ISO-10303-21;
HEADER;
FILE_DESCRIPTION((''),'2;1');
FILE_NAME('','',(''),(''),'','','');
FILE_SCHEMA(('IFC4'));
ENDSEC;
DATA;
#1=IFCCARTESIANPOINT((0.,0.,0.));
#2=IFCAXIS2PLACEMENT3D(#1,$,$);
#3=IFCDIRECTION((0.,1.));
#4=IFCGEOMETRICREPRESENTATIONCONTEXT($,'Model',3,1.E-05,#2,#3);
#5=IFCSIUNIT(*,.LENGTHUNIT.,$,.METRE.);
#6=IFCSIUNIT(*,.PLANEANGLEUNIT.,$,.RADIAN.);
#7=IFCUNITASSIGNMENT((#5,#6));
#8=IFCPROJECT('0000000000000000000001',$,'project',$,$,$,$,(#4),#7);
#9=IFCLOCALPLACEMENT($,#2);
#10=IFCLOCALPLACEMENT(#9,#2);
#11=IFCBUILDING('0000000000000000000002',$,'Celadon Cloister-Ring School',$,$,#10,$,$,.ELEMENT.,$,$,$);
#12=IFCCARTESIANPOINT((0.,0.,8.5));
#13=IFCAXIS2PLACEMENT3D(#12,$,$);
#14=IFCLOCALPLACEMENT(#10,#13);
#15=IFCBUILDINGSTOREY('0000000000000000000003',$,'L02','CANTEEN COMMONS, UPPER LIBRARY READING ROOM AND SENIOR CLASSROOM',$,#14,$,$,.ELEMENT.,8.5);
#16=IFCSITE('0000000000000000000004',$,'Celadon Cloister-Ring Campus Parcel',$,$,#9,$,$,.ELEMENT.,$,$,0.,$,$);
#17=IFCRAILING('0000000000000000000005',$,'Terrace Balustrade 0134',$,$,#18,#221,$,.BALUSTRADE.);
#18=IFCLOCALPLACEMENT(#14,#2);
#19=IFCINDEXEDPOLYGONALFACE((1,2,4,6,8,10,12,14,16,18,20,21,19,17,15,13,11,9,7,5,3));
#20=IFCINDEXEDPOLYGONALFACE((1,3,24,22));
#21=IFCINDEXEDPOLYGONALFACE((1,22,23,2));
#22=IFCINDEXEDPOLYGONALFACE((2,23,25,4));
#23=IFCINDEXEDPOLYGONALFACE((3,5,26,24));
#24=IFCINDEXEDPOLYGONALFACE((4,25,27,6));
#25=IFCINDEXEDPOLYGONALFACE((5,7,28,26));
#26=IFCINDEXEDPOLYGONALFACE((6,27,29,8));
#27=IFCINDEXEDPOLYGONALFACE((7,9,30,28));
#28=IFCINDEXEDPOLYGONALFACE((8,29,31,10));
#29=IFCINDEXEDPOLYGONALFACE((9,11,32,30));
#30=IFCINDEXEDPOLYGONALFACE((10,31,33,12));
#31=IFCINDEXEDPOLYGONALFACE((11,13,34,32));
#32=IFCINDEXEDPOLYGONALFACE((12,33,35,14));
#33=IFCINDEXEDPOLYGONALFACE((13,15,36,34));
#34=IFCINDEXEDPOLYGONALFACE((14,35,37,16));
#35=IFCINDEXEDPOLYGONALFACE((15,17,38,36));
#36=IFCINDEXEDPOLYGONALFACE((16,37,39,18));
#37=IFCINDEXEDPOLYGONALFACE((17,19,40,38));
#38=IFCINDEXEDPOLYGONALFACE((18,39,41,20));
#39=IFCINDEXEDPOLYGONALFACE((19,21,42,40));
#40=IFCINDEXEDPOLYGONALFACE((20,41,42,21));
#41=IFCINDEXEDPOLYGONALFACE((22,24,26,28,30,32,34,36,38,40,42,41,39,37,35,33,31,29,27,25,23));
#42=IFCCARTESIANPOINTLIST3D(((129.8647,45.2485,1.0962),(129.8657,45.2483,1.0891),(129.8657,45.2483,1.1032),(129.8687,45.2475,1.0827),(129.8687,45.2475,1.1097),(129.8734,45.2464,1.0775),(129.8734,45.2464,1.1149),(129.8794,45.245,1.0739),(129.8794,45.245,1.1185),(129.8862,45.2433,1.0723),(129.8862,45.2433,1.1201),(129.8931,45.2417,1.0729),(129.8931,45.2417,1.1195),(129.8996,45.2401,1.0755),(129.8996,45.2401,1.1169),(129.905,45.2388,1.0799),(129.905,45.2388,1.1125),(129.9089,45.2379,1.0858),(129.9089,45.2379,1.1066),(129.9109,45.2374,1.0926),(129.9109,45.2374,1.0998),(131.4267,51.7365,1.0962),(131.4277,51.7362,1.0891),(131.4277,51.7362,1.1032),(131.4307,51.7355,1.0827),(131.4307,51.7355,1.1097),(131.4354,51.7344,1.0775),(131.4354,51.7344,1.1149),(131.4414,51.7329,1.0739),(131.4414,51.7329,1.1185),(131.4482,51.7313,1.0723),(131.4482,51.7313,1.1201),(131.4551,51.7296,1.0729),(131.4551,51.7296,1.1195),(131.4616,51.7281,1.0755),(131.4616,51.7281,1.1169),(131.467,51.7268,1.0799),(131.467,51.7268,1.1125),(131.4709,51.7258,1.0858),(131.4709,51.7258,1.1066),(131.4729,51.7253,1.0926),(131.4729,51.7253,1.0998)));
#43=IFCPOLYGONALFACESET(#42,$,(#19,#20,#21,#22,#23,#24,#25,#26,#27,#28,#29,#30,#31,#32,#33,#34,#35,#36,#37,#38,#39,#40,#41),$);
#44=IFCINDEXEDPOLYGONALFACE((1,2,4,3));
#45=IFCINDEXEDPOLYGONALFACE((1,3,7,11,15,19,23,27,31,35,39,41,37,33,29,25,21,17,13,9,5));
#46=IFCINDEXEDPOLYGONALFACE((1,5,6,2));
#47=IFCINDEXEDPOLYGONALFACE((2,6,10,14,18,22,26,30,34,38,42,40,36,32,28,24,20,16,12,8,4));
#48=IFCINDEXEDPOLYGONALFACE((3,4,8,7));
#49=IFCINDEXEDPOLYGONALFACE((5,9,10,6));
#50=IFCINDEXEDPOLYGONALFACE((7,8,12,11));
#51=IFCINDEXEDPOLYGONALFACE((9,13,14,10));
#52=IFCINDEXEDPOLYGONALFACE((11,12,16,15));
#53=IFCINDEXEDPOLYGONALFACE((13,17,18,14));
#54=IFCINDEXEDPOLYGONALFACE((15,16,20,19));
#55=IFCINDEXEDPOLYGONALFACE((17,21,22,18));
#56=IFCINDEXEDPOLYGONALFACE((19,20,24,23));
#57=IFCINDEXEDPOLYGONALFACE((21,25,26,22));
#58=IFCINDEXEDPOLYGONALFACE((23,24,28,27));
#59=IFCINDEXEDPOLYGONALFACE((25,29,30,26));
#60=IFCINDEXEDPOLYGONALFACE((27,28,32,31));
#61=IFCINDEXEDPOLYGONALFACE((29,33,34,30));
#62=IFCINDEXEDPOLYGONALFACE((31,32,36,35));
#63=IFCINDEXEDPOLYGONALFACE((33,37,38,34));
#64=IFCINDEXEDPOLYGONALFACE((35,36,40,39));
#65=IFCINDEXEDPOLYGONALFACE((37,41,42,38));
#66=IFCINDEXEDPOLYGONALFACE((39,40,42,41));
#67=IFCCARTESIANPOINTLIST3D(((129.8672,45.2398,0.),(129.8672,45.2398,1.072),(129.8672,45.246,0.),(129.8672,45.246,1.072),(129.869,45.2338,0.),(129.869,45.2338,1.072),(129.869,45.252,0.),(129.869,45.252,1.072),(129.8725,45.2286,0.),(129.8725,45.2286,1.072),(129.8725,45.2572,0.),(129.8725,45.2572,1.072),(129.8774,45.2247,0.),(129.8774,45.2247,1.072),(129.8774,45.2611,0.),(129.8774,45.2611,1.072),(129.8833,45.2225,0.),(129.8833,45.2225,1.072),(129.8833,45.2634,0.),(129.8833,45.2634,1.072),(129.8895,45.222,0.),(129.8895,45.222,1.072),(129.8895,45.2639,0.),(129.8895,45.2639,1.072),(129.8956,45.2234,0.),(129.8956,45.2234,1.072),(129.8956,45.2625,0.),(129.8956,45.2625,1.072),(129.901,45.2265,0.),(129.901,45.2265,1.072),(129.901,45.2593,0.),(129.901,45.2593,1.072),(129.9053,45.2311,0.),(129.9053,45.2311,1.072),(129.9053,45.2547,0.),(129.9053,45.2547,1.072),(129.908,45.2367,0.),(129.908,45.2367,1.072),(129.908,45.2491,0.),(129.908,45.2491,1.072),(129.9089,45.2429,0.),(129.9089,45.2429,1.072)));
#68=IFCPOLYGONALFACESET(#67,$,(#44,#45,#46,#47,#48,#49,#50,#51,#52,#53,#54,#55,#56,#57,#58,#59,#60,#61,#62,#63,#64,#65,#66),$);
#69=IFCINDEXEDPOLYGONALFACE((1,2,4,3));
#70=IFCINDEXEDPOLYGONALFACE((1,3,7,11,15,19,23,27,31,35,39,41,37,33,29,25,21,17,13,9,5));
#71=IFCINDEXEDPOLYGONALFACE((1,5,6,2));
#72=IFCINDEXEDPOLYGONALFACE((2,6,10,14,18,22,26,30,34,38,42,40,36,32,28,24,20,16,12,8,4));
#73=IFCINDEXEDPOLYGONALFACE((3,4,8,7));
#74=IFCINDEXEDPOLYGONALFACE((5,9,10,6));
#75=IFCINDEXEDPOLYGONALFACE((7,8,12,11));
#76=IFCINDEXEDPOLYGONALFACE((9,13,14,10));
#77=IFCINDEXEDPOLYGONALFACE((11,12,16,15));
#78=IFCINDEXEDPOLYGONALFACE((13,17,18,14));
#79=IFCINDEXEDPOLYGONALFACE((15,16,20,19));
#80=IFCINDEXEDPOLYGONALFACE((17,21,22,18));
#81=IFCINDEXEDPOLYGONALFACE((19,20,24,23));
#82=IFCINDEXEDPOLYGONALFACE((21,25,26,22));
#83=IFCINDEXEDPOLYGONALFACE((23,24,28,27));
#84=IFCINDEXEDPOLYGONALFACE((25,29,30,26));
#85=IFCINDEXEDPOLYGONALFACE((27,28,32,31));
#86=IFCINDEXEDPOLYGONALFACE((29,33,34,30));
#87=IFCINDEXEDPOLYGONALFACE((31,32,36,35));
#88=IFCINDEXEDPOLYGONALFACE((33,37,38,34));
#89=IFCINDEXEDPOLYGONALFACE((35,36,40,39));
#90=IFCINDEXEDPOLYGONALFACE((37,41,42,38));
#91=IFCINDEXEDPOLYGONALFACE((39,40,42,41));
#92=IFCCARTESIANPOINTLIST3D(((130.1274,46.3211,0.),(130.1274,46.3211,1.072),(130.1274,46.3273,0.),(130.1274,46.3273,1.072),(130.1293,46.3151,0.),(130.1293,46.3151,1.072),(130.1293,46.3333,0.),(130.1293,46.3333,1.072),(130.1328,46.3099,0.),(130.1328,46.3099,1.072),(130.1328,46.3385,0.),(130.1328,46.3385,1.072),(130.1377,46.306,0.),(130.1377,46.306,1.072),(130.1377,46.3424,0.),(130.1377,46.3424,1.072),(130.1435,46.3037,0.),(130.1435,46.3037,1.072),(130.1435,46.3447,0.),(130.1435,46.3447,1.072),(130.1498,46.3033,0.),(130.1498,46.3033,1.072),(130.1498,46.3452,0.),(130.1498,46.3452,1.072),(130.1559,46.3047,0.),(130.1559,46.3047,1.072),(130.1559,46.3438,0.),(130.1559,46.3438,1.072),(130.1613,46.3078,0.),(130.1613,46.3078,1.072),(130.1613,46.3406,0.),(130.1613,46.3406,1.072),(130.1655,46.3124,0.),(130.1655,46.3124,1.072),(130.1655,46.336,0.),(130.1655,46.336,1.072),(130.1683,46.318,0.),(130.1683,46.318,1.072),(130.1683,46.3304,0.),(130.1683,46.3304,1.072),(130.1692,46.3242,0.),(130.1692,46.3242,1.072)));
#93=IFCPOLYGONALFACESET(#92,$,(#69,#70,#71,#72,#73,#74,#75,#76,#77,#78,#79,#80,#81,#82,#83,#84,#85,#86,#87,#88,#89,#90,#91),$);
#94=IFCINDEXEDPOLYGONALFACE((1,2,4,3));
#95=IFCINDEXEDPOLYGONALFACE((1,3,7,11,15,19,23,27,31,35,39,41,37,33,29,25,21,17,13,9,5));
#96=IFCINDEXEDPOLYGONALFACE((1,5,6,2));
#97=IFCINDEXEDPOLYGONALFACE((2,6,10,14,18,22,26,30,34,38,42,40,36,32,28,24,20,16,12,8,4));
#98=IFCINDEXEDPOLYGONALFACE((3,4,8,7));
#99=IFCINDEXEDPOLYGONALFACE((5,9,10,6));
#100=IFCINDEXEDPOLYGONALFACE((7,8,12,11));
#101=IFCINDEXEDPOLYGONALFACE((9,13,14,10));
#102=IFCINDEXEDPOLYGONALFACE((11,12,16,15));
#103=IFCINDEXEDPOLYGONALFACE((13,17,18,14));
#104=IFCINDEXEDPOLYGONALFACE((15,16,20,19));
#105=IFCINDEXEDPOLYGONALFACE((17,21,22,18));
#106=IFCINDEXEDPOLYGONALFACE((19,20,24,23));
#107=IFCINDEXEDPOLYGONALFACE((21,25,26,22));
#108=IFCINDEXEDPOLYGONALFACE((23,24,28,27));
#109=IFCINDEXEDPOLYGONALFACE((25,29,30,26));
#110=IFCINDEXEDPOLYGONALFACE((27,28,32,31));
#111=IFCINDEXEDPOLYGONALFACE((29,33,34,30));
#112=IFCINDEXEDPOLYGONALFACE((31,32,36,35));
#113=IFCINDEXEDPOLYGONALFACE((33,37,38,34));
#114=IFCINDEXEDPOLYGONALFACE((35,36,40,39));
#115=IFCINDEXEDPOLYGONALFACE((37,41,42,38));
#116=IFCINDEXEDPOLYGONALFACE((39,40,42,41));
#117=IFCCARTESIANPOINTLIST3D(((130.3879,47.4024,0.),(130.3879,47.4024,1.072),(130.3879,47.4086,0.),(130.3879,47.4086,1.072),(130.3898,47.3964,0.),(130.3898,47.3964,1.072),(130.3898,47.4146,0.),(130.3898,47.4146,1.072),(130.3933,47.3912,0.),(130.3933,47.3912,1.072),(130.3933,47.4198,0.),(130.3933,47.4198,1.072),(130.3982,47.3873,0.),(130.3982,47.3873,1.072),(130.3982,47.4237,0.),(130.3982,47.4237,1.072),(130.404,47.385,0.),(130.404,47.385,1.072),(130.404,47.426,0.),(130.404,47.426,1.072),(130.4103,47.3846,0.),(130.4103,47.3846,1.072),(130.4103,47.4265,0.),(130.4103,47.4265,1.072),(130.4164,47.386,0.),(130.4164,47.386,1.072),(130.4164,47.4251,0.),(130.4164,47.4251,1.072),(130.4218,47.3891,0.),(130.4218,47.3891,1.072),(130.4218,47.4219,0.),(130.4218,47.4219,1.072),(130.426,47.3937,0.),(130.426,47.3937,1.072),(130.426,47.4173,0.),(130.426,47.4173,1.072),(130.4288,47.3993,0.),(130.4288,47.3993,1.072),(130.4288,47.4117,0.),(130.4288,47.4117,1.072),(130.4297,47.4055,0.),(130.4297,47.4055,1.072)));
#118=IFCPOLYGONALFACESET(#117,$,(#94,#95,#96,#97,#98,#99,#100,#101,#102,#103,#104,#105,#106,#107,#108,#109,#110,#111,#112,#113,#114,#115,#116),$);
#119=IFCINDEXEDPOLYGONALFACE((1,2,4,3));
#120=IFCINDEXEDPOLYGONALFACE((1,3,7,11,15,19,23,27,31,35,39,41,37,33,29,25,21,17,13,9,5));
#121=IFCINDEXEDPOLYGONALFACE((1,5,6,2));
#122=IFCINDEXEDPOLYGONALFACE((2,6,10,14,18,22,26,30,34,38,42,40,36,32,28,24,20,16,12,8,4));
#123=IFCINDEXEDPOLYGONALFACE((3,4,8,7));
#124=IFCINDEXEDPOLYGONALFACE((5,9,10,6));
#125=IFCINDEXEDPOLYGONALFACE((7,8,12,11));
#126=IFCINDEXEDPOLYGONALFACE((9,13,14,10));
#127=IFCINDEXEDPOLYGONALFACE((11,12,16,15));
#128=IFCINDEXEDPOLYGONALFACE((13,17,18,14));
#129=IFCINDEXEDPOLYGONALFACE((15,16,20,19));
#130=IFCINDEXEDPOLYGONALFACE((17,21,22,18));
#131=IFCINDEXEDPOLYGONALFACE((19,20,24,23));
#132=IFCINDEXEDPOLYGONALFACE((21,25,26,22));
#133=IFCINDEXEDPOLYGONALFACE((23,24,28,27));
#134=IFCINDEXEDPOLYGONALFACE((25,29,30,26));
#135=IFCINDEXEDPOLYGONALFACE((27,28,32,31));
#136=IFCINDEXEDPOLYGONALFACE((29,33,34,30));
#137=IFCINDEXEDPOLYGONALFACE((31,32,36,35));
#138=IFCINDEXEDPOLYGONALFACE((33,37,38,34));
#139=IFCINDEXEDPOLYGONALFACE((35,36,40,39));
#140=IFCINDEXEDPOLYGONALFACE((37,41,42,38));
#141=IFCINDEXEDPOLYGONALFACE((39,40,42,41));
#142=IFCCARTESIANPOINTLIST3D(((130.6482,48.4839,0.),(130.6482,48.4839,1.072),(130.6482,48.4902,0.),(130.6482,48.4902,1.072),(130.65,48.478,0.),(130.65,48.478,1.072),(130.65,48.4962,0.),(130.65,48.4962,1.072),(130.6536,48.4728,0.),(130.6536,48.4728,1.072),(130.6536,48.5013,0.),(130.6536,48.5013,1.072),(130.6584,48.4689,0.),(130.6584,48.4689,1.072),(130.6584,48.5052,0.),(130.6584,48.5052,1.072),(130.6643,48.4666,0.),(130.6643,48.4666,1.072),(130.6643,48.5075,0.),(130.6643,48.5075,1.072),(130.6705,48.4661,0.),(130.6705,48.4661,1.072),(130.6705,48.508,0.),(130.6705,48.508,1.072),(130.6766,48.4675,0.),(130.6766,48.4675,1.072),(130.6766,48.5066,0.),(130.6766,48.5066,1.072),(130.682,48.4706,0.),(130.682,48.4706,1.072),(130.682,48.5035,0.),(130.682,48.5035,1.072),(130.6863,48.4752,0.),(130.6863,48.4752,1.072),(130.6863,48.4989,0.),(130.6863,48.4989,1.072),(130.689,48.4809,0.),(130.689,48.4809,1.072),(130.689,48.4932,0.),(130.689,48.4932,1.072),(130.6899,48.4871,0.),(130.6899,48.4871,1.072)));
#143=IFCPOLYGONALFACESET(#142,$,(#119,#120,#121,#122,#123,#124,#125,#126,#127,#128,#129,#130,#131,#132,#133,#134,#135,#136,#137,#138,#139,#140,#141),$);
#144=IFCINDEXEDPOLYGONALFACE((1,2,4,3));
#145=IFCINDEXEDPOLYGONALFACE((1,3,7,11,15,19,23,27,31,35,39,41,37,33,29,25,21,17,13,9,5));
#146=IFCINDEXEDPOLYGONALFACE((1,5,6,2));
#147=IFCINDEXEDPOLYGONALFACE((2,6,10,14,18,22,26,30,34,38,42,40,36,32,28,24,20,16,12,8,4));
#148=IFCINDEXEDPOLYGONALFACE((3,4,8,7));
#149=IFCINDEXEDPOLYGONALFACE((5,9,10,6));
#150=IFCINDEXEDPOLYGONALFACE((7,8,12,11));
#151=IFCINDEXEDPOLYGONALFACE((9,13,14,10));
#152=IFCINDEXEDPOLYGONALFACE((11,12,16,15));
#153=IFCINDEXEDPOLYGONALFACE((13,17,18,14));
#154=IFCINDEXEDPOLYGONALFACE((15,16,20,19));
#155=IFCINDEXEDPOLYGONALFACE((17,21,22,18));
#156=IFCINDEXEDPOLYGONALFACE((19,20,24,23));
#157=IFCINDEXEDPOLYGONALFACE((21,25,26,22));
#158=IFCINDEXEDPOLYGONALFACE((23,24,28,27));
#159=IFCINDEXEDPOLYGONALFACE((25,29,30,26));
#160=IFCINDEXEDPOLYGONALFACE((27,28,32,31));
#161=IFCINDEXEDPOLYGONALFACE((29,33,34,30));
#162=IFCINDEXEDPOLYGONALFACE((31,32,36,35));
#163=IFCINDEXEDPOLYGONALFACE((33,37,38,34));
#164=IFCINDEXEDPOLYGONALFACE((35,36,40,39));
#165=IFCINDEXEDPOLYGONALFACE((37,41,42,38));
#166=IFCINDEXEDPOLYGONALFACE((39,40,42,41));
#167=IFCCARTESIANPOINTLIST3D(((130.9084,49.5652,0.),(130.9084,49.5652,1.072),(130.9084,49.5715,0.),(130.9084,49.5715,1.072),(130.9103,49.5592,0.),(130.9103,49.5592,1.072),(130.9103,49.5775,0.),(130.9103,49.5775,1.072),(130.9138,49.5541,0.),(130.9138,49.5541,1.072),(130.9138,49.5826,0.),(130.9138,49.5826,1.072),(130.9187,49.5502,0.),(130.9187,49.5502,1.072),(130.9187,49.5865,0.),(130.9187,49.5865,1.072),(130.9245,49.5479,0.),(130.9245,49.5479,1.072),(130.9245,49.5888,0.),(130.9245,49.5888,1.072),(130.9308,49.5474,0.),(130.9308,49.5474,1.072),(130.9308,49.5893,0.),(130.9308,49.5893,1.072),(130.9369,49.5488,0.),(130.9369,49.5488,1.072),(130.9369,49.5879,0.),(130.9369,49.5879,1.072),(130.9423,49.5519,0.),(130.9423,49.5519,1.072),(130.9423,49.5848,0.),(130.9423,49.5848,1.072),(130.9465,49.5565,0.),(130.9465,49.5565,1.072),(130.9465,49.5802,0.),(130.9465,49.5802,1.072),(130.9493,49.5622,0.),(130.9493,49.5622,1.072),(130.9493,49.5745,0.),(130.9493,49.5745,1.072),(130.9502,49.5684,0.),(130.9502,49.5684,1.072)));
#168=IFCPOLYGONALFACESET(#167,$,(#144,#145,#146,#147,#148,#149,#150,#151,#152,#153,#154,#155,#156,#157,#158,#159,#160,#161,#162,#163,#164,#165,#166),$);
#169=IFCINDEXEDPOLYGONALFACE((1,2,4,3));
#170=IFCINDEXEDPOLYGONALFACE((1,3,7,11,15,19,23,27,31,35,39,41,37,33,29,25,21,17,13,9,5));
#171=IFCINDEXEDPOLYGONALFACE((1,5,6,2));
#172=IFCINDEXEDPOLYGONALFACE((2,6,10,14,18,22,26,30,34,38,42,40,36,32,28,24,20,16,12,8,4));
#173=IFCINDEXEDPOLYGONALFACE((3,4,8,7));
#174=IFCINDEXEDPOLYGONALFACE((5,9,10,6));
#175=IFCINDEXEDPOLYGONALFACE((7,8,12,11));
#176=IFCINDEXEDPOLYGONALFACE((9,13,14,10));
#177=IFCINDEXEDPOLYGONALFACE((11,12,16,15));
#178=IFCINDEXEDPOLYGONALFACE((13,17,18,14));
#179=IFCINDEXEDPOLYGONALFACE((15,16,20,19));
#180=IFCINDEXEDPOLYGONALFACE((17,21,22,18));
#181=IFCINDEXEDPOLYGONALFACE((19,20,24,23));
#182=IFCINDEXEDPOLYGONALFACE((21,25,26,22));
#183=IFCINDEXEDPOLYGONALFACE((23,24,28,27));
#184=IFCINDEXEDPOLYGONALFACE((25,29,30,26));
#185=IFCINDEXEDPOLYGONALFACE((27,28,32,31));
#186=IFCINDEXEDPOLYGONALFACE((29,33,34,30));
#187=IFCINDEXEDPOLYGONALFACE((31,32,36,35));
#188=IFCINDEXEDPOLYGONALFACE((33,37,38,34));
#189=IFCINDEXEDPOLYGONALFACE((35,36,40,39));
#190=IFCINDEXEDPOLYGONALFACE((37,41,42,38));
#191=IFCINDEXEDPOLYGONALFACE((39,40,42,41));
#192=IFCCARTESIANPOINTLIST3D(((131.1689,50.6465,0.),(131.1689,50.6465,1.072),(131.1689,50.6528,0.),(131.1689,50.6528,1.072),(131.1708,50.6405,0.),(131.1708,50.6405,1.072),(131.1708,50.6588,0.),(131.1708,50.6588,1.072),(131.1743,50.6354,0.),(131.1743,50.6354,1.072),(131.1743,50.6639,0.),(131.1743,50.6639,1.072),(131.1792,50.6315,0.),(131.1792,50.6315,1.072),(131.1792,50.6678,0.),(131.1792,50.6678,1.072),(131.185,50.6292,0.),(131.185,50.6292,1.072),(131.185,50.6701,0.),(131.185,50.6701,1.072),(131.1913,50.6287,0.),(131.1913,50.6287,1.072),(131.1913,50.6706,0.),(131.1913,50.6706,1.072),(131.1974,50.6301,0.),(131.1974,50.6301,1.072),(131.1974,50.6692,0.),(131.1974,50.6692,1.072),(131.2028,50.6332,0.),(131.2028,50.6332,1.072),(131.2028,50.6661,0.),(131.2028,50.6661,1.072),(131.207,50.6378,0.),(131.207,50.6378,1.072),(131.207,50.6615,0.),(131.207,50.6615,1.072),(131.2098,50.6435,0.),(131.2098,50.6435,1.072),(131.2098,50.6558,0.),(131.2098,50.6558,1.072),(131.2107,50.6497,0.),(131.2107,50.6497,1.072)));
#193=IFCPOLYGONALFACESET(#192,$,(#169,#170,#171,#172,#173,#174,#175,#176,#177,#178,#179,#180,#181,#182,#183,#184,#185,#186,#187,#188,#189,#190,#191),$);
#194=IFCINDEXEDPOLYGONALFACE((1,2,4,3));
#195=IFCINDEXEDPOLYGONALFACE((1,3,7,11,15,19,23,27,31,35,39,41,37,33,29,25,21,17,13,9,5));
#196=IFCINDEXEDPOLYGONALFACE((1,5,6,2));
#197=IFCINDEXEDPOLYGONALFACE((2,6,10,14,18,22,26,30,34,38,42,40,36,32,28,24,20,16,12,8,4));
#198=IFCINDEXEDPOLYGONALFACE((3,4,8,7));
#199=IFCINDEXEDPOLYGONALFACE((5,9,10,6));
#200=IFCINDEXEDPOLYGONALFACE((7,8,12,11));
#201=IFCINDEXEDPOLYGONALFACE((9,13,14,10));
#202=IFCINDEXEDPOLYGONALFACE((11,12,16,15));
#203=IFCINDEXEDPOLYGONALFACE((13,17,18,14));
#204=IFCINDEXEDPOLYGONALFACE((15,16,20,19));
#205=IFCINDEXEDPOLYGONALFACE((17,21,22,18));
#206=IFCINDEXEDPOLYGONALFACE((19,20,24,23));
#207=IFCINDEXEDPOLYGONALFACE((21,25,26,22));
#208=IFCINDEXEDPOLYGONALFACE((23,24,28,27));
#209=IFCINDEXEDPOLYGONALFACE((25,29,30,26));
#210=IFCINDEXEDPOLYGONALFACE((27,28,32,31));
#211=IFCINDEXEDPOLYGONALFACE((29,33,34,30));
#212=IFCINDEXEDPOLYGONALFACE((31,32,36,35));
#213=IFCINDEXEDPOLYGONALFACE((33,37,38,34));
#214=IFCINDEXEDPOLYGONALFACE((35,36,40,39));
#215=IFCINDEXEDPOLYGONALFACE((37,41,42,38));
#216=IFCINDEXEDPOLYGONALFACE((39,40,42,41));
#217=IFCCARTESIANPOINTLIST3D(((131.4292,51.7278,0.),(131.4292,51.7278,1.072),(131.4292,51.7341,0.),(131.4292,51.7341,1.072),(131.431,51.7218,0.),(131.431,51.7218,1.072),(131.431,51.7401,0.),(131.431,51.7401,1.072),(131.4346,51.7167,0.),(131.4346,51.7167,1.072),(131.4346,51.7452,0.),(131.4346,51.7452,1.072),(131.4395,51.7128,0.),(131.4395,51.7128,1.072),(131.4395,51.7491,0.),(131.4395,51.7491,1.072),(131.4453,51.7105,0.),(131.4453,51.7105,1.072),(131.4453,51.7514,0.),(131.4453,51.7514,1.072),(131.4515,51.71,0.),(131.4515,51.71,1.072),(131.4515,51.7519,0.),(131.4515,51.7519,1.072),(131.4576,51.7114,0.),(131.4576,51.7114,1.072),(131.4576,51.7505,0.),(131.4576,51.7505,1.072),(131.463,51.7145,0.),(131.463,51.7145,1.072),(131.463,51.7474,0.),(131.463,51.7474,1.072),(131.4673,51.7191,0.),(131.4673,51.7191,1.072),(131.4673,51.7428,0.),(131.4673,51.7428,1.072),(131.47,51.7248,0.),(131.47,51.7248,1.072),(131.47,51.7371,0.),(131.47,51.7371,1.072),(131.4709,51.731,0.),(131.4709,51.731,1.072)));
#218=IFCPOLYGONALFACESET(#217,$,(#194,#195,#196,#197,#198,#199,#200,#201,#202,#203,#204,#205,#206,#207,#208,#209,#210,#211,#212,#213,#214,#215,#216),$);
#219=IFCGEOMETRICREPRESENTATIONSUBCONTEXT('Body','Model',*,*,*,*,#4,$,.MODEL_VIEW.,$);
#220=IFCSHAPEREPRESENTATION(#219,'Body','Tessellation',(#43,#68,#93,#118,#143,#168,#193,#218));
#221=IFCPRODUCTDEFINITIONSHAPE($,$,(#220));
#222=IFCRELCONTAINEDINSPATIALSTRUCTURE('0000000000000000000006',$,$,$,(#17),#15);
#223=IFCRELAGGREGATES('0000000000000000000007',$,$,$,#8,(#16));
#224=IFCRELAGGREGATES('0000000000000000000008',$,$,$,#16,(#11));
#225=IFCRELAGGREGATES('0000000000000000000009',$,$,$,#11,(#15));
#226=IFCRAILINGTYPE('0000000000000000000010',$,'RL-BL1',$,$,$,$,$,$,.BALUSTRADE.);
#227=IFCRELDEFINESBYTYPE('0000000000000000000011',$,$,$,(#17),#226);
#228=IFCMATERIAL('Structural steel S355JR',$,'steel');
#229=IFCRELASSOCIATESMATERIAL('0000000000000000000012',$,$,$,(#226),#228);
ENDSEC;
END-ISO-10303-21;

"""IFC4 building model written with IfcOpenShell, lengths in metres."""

from ifc_helpers import new_model, si_unit, direction, frame, origin, origin_2d, place, context, subcontext, project, spatial, circle, extrude, material, type_object, element, save


model = new_model("IFC4")

# Units and contexts
model_context = context("Model", 3, precision=1e-05, world=origin(), true_north=direction((0.0, 1.0)))
body_context = subcontext(model_context, "Body", "Model", "MODEL_VIEW")
ifc_project = project(units=[si_unit("LENGTHUNIT", "METRE"), si_unit("PLANEANGLEUNIT", "RADIAN")], contexts=[model_context])

# Site, building, storey
site_placement = place(None, origin())
site = spatial("IfcSite", under=ifc_project, at=site_placement, Name="Celadon Cloister-Ring Campus Parcel", CompositionType="ELEMENT", RefElevation=0.0)
building_placement = place(site_placement, origin())
building = spatial("IfcBuilding", under=site, at=building_placement, Name="Celadon Cloister-Ring School", CompositionType="ELEMENT")
storey_placement = place(building_placement, frame((0.0, 0.0, 8.5)))
storey = spatial("IfcBuildingStorey", under=building, at=storey_placement, Name="L02", Description="CANTEEN COMMONS, UPPER LIBRARY READING ROOM AND SENIOR CLASSROOM", CompositionType="ELEMENT", Elevation=8.5)

# Railing
ifc_material_1 = material(Name="Structural steel S355JR", Category="steel")
railing_type = type_object("IfcRailingType", Name="RL-BL1", PredefinedType="BALUSTRADE", material=ifc_material_1)
railing_1_placement = place(storey_placement, frame((129.8879, 45.2429, 0.0)))
element("IfcRailing", 1, at=railing_1_placement, inside=storey, type_object=railing_type, Name="Terrace Balustrade 0134", PredefinedType="BALUSTRADE", context=body_context, shape_type="SweptSolid", body=[
    extrude(circle(Radius=0.0239, at=origin_2d()), frame((0.0, 0.0, 1.0962), z_axis=(0.234065, 0.972221, 0.0), x_axis=(-0.972221, 0.234065, 0.0)), (0.0, 0.0, 1.0), 6.6733),
    extrude(circle(Radius=0.021, at=origin_2d()), origin(), (0.0, 0.0, 1.0), 1.072),
    extrude(circle(Radius=0.021, at=origin_2d()), frame((0.2603, 1.0813, 0.0)), (0.0, 0.0, 1.0), 1.072),
    extrude(circle(Radius=0.021, at=origin_2d()), frame((0.5208, 2.1626, 0.0)), (0.0, 0.0, 1.0), 1.072),
    extrude(circle(Radius=0.021, at=origin_2d()), frame((0.781, 3.2441, 0.0)), (0.0, 0.0, 1.0), 1.072),
    extrude(circle(Radius=0.021, at=origin_2d()), frame((1.0413, 4.3254, 0.0)), (0.0, 0.0, 1.0), 1.072),
    extrude(circle(Radius=0.021, at=origin_2d()), frame((1.3018, 5.4067, 0.0)), (0.0, 0.0, 1.0), 1.072),
    extrude(circle(Radius=0.021, at=origin_2d()), frame((1.562, 6.488, 0.0)), (0.0, 0.0, 1.0), 1.072),
])

save(model, "model.ifc")
